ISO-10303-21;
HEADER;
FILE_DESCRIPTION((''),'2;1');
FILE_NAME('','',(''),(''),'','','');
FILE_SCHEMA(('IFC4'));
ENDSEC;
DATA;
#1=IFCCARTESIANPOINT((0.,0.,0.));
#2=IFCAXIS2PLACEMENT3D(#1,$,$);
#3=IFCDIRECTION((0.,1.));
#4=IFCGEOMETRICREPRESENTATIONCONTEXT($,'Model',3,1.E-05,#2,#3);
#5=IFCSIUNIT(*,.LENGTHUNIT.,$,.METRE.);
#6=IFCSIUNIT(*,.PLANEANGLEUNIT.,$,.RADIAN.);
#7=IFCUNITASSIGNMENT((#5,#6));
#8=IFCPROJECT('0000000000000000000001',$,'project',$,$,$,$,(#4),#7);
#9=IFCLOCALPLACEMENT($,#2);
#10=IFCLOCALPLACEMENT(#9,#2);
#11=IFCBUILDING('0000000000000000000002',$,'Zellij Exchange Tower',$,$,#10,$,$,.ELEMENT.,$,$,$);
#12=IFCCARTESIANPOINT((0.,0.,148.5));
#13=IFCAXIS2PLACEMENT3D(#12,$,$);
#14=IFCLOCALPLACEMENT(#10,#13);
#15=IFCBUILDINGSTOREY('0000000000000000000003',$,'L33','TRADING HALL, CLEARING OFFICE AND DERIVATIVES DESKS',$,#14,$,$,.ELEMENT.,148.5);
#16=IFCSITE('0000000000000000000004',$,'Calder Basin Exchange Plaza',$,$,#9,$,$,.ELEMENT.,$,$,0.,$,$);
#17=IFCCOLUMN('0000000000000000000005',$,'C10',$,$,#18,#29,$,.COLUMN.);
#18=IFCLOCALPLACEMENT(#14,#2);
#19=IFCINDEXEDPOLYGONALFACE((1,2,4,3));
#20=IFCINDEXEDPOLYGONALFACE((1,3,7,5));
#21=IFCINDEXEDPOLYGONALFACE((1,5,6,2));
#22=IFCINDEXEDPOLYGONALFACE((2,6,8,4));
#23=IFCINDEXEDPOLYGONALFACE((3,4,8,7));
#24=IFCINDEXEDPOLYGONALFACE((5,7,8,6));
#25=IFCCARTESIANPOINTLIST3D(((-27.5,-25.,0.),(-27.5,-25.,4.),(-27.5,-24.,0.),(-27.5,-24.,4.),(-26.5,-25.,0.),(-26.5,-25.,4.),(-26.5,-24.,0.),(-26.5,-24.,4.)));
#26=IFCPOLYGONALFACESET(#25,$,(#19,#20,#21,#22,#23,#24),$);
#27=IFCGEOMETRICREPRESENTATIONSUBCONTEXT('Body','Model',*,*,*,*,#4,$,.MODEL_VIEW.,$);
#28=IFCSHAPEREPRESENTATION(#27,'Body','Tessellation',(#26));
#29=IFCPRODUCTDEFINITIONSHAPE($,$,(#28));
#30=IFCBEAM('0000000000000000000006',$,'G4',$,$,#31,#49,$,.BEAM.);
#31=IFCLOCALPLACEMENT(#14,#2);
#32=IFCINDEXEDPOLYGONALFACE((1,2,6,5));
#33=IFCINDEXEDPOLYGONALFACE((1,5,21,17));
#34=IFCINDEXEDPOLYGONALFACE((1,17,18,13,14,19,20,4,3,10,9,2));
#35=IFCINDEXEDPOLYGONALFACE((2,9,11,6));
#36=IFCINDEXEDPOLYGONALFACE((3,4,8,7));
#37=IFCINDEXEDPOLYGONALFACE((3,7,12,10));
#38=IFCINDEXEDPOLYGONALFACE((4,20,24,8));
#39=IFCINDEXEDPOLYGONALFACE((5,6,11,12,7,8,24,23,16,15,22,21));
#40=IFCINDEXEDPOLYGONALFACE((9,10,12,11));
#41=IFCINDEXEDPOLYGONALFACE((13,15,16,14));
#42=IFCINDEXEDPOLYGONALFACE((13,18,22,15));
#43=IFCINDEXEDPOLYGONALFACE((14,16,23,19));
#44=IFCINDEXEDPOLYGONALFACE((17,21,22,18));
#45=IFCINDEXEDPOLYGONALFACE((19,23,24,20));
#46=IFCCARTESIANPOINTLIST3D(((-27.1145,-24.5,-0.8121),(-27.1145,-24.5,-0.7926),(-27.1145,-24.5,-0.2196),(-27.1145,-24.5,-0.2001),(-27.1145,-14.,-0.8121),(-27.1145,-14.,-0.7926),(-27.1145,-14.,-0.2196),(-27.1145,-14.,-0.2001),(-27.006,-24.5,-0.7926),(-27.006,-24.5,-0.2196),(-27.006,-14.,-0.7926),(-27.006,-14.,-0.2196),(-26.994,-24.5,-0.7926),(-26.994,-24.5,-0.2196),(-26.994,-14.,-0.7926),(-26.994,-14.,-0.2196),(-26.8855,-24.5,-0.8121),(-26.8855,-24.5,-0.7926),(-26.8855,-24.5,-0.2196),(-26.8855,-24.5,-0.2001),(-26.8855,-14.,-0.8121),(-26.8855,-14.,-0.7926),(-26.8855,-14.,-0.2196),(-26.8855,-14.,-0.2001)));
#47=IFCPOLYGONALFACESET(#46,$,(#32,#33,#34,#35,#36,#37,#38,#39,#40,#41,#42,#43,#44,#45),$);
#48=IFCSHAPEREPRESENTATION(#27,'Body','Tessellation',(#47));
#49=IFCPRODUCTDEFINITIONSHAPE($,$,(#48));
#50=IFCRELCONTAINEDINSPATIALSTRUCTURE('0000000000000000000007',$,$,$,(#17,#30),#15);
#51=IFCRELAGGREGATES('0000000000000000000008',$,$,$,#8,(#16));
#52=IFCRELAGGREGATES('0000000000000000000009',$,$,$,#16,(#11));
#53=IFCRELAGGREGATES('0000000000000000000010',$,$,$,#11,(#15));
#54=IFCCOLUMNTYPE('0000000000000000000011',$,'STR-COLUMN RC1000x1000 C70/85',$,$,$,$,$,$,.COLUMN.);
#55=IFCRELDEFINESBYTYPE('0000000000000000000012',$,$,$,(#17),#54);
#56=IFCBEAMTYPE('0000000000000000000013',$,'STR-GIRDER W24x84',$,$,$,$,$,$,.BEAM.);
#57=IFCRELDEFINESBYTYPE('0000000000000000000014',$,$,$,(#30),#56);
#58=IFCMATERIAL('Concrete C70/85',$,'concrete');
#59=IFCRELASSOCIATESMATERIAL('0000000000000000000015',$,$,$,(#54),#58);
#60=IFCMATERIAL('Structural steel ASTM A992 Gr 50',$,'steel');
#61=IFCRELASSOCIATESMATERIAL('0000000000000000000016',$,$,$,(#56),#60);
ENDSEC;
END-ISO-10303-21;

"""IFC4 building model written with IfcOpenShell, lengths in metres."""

from ifc_helpers import new_model, si_unit, direction, frame, origin, origin_2d, place, context, subcontext, project, spatial, rectangle, i_section, extrude, material, material_profile, profile_set, type_object, element, save


model = new_model("IFC4")

# Units and contexts
model_context = context("Model", 3, precision=1e-05, world=origin(), true_north=direction((0.0, 1.0)))
body_context = subcontext(model_context, "Body", "Model", "MODEL_VIEW")
ifc_project = project(units=[si_unit("LENGTHUNIT", "METRE"), si_unit("PLANEANGLEUNIT", "RADIAN")], contexts=[model_context])

# Site, building, storey
site_placement = place(None, origin())
site = spatial("IfcSite", under=ifc_project, at=site_placement, Name="Calder Basin Exchange Plaza", CompositionType="ELEMENT", RefElevation=0.0)
building_placement = place(site_placement, origin())
building = spatial("IfcBuilding", under=site, at=building_placement, Name="Zellij Exchange Tower", CompositionType="ELEMENT")
storey_placement = place(building_placement, frame((0.0, 0.0, 148.5)))
storey = spatial("IfcBuildingStorey", under=building, at=storey_placement, Name="L33", Description="TRADING HALL, CLEARING OFFICE AND DERIVATIVES DESKS", CompositionType="ELEMENT", Elevation=148.5)

# Column
ifc_material_1 = material(Name="Concrete C70/85", Category="concrete")
ifc_material_profile_1 = material_profile(ifc_material_1, rectangle(XDim=1.0, YDim=1.0, at=origin_2d()), Name="STR-COLUMN RC1000x1000 C70/85")
ifc_profile_set_1 = profile_set([ifc_material_profile_1], Name="Concrete C70/85")
column_type = type_object("IfcColumnType", Name="STR-COLUMN RC1000x1000 C70/85", PredefinedType="COLUMN", material=ifc_profile_set_1)
column_placement = place(storey_placement, frame((-27.0, -24.5, 0.0), z_axis=(0.0, 0.0, 1.0), x_axis=(1.0, 0.0, 0.0)))
element("IfcColumn", 1, at=column_placement, inside=storey, type_object=column_type, Name="C10", PredefinedType="COLUMN", context=body_context, shape_type="SweptSolid", body=[
    extrude(rectangle(XDim=1.0, YDim=1.0, at=origin_2d()), origin(), (0.0, 0.0, 1.0), 4.0),
])

# Beam
ifc_material_2 = material(Name="Structural steel ASTM A992 Gr 50", Category="steel")
ifc_material_profile_2 = material_profile(ifc_material_2, i_section(OverallWidth=0.229, OverallDepth=0.6121, WebThickness=0.012, FlangeThickness=0.0195, at=origin_2d()), Name="W24x84")
ifc_profile_set_2 = profile_set([ifc_material_profile_2], Name="Structural steel ASTM A992 Gr 50")
beam_type = type_object("IfcBeamType", Name="STR-GIRDER W24x84", PredefinedType="BEAM", material=ifc_profile_set_2)
beam_placement = place(storey_placement, frame((-27.0, -24.5, -0.5061), z_axis=(0.0, 1.0, 0.0), x_axis=(-1.0, 0.0, 0.0)))
element("IfcBeam", 2, at=beam_placement, inside=storey, type_object=beam_type, Name="G4", PredefinedType="BEAM", context=body_context, shape_type="SweptSolid", body=[
    extrude(i_section(OverallWidth=0.229, OverallDepth=0.6121, WebThickness=0.012, FlangeThickness=0.0195, at=origin_2d()), origin(), (0.0, 0.0, 1.0), 10.5),
])

save(model, "model.ifc")
